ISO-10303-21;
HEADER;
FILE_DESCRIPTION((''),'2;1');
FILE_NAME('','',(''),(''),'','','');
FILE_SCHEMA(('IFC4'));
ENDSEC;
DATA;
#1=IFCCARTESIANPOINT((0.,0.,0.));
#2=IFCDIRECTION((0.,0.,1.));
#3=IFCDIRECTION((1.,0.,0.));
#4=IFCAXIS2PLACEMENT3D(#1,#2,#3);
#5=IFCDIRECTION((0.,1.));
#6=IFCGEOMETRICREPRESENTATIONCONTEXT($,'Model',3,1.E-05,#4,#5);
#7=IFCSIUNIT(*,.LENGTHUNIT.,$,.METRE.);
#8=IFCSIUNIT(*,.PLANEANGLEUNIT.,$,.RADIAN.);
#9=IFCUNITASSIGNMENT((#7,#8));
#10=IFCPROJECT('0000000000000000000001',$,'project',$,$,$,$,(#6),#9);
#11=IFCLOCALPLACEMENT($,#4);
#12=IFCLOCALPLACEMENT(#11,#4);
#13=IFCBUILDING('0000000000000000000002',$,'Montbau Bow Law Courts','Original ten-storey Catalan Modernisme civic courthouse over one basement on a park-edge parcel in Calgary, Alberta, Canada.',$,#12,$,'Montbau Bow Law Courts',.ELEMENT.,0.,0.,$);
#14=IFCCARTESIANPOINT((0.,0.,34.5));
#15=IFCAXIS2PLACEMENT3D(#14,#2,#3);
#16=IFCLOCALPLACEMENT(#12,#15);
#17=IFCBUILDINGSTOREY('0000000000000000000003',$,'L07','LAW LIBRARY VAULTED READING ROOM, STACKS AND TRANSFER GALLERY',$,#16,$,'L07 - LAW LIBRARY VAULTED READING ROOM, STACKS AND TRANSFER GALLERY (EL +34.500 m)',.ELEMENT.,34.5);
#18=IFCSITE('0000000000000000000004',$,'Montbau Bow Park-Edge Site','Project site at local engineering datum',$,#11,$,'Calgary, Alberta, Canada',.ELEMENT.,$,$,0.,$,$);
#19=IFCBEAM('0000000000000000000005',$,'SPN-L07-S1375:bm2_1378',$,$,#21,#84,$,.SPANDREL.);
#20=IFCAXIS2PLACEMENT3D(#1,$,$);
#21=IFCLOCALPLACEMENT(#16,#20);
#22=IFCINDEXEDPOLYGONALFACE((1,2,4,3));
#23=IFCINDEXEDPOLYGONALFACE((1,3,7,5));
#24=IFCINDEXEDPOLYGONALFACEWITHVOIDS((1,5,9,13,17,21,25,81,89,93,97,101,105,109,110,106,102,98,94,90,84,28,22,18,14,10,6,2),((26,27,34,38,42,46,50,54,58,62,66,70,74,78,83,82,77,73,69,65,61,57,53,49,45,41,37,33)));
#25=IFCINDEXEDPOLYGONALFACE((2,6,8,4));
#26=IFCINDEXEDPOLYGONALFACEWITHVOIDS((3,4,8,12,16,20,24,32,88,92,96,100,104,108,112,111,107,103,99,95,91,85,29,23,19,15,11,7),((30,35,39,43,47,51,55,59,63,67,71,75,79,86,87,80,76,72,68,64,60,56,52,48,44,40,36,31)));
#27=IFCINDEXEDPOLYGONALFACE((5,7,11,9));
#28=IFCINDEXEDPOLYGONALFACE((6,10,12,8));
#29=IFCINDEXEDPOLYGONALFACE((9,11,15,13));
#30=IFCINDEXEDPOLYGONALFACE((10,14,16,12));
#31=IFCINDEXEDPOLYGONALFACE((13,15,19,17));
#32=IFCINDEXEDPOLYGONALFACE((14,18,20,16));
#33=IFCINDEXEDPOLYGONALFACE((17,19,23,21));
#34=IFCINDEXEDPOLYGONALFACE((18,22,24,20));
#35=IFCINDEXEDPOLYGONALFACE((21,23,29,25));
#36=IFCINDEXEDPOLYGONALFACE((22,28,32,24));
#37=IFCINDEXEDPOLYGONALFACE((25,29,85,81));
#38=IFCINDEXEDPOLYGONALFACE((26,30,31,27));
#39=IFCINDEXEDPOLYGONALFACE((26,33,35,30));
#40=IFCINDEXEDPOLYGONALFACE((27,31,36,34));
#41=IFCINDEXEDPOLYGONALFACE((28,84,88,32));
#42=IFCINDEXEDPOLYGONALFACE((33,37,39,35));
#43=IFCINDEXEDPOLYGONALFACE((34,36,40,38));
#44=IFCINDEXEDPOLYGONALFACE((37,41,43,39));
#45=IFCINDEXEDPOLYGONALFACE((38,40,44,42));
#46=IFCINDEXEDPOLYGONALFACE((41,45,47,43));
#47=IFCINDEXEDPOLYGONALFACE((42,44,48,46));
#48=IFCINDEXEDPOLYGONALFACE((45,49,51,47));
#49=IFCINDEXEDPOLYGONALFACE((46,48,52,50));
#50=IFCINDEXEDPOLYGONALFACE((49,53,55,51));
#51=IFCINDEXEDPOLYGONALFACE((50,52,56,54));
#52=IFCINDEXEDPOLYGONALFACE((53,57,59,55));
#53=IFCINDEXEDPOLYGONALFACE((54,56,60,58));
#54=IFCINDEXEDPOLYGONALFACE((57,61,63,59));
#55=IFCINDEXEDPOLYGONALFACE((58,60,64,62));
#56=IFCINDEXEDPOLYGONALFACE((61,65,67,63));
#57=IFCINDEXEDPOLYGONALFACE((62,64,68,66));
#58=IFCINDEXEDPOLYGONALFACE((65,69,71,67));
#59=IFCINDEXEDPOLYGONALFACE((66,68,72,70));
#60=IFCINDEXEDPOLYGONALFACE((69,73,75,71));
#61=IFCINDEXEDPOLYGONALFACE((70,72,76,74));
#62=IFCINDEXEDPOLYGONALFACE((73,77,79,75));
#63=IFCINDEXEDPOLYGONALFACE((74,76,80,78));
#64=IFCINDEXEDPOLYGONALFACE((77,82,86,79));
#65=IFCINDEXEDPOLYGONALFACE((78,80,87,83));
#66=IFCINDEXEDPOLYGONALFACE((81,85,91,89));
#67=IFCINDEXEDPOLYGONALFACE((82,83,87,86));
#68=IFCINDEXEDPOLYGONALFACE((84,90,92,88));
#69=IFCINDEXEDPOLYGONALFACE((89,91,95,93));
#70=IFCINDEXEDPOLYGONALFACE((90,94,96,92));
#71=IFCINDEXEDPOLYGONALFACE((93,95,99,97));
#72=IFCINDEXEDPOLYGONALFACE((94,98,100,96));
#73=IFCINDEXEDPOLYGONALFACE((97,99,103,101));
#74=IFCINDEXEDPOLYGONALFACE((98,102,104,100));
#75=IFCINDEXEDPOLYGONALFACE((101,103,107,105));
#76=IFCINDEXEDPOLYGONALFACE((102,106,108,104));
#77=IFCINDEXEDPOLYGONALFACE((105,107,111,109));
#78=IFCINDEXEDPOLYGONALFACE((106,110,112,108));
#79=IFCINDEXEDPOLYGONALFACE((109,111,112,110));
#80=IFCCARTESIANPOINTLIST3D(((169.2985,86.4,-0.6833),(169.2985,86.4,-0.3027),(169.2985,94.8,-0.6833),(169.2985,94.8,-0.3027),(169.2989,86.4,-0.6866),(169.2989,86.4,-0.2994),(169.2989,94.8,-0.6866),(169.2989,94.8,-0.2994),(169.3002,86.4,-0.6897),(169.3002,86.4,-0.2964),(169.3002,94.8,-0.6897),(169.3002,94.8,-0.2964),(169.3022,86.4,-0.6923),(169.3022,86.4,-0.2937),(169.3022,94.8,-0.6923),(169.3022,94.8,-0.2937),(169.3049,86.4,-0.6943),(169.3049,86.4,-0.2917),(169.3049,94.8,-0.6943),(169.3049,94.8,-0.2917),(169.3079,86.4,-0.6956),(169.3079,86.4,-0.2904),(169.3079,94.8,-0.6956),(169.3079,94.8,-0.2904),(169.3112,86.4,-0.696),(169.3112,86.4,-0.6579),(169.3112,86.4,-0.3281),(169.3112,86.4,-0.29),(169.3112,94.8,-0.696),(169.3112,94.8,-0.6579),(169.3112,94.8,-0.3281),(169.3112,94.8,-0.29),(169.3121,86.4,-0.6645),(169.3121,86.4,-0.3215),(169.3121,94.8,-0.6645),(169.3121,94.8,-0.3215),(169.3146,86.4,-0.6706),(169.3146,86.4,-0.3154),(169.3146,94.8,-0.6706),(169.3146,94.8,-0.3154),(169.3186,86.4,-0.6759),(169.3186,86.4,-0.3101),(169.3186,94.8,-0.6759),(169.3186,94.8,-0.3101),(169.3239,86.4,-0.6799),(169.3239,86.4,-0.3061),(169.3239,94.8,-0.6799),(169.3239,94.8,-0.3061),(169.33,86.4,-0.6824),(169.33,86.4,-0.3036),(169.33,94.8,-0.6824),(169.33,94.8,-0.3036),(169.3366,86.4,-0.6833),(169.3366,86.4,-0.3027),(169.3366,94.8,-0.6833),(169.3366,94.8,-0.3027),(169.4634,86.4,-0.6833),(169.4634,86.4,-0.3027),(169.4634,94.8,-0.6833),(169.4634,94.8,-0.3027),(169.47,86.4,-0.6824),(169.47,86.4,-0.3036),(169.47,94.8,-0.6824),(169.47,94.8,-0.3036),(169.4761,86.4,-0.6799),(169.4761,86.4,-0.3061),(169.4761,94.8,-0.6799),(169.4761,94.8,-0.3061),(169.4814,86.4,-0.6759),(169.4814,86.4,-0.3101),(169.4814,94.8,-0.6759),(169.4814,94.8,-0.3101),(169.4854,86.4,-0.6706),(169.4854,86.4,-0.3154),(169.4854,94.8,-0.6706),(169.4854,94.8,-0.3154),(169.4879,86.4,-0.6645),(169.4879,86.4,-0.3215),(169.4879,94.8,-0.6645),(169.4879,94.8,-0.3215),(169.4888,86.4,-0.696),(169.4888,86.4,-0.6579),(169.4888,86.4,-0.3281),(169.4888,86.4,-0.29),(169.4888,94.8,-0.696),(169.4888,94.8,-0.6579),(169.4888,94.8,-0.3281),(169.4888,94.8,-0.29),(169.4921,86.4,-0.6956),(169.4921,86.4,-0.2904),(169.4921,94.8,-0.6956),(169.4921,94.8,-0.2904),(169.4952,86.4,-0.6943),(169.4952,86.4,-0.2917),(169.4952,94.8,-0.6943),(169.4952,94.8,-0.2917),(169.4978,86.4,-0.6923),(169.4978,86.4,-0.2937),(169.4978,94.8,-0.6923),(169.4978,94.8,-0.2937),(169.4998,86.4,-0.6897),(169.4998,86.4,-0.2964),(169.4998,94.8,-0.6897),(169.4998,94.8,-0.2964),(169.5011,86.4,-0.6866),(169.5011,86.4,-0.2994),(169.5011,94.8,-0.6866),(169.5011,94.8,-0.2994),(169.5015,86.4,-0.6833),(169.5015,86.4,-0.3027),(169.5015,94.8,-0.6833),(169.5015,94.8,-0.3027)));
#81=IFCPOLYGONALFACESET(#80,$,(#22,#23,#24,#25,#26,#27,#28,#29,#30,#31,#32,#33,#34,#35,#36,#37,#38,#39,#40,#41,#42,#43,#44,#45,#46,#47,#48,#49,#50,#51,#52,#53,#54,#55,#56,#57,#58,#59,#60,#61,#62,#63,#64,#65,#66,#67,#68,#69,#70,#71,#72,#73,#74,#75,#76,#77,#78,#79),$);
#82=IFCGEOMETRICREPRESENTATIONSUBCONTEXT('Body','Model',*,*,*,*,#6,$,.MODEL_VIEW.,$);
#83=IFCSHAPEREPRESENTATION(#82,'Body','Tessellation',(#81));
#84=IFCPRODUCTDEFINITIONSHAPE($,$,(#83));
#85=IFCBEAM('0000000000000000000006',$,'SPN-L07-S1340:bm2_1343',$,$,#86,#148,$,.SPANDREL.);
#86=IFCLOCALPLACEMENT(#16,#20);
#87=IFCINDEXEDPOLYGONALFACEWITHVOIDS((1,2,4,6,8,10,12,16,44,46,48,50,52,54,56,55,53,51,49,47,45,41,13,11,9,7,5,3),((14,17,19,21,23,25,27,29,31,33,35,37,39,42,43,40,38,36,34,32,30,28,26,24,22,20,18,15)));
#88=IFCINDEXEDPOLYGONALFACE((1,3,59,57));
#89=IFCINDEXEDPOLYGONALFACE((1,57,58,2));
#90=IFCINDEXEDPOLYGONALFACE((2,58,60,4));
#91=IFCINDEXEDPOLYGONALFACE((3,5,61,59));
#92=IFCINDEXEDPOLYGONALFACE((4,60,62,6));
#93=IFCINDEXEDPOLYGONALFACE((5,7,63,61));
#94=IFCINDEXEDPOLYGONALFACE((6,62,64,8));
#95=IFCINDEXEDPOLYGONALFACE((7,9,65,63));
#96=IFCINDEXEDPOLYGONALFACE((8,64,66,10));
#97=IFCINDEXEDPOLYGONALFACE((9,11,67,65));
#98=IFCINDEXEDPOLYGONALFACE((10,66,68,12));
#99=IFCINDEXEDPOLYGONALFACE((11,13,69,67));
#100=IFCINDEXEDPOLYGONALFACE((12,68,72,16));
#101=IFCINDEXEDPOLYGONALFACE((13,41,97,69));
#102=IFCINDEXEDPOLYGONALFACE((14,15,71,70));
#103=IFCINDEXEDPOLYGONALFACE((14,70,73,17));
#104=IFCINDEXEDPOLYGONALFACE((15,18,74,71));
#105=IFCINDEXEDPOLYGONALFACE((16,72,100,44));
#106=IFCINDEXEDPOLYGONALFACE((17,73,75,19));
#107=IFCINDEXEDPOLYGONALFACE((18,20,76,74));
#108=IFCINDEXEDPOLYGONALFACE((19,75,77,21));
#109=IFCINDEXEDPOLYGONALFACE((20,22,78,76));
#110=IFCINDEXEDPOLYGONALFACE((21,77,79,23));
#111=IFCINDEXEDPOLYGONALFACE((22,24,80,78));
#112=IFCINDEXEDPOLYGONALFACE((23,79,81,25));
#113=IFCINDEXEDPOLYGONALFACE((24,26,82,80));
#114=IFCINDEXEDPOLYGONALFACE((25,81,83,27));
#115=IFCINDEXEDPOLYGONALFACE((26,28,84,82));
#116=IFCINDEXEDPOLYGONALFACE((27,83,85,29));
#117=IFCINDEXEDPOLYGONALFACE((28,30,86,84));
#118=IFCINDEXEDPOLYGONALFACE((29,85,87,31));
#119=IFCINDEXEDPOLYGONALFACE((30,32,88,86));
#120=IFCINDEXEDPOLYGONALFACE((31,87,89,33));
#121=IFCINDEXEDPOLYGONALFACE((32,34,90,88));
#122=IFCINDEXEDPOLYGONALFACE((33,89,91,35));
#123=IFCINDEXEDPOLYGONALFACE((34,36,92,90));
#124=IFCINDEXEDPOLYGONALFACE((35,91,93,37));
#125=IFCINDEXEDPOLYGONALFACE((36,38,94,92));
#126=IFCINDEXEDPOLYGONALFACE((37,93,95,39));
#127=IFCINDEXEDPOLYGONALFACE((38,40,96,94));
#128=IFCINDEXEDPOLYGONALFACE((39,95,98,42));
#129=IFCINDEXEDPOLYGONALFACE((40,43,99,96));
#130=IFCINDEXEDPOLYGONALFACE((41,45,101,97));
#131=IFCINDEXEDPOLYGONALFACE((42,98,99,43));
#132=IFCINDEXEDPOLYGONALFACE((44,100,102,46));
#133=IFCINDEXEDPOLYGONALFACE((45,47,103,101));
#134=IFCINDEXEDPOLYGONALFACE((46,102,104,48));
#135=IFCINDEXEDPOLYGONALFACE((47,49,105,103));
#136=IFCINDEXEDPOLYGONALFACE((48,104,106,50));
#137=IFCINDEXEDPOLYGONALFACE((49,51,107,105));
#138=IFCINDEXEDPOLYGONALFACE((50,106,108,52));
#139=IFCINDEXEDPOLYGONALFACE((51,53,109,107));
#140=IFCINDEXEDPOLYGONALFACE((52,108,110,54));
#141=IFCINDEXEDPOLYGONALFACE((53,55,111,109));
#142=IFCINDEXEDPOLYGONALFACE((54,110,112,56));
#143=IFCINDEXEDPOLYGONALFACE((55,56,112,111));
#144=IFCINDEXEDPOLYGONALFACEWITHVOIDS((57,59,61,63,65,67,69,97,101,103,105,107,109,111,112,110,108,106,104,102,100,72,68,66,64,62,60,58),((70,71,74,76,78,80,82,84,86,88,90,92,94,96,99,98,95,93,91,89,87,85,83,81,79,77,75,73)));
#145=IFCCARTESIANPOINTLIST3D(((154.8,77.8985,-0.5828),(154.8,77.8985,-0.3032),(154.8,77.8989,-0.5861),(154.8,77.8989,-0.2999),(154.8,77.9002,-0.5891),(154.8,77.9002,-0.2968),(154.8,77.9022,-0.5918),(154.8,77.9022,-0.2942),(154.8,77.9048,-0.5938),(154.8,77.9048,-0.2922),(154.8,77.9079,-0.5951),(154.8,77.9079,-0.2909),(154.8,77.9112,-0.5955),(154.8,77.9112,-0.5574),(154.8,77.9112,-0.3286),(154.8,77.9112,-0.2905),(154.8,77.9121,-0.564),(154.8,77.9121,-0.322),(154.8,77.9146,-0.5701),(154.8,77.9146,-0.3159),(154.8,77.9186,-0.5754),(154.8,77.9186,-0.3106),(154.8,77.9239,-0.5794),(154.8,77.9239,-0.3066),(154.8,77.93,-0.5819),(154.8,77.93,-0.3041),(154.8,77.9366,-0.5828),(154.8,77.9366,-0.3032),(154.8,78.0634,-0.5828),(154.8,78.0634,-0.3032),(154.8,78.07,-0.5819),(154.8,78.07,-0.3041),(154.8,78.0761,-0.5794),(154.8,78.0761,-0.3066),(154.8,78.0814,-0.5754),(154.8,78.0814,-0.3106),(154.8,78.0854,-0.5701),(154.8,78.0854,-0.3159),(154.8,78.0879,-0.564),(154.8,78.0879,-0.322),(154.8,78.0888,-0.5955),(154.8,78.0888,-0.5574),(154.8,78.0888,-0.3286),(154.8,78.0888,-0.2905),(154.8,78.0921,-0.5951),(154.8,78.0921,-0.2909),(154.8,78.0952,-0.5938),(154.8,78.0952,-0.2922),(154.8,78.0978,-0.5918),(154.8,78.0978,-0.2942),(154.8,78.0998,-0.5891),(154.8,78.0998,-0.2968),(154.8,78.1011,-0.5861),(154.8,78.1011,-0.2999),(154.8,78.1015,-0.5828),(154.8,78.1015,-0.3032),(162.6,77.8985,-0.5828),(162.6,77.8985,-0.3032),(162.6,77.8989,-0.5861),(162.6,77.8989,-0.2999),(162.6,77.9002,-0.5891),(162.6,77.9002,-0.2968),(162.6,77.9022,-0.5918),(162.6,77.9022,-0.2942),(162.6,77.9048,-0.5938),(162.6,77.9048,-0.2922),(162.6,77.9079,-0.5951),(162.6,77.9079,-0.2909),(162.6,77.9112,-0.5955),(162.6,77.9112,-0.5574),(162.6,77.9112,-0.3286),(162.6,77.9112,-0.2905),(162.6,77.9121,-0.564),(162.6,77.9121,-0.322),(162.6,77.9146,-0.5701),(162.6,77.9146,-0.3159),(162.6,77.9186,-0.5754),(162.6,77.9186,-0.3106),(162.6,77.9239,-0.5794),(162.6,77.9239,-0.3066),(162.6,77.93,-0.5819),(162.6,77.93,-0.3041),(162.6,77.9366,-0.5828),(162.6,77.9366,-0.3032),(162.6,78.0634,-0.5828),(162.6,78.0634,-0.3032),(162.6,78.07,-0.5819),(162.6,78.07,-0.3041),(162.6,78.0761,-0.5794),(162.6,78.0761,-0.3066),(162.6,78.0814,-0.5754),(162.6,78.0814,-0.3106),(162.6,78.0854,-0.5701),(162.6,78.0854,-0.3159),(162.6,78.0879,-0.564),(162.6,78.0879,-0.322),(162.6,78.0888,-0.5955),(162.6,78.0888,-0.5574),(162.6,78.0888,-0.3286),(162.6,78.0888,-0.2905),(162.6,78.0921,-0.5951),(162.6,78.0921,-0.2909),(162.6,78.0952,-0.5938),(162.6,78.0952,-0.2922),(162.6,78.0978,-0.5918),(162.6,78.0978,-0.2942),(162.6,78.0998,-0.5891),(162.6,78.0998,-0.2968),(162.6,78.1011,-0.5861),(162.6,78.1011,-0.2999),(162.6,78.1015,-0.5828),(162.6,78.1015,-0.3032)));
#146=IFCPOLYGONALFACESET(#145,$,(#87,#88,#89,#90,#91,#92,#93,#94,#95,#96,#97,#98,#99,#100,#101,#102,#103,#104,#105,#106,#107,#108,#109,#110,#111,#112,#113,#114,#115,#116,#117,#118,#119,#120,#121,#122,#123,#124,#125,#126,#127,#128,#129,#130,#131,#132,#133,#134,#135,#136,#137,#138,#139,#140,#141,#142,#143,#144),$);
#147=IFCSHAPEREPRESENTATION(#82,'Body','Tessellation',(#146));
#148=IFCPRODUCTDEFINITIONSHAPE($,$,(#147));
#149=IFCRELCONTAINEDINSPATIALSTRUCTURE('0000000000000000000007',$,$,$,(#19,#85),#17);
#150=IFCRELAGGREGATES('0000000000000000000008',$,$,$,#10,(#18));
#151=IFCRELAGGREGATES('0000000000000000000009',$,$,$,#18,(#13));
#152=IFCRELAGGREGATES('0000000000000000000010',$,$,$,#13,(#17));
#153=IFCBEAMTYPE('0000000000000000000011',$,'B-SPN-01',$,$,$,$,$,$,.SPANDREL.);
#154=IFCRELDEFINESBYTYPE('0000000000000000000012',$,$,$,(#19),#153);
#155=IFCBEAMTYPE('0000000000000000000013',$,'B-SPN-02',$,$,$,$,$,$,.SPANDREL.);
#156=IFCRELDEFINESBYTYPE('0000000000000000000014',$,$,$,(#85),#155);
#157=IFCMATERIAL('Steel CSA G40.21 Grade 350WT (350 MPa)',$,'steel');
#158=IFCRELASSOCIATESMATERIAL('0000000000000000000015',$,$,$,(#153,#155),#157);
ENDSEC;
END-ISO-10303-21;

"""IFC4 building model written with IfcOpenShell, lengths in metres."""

from ifc_helpers import new_model, si_unit, direction, frame, origin_with_axes, origin_2d_with_axis, place, context, subcontext, project, spatial, hollow_rectangle, extrude, material, material_profile, profile_set, type_object, element, save


model = new_model("IFC4")

# Units and contexts
model_context = context("Model", 3, precision=1e-05, world=origin_with_axes(), true_north=direction((0.0, 1.0)))
body_context = subcontext(model_context, "Body", "Model", "MODEL_VIEW")
ifc_project = project(units=[si_unit("LENGTHUNIT", "METRE"), si_unit("PLANEANGLEUNIT", "RADIAN")], contexts=[model_context])

# Site, building, storey
site_placement = place(None, origin_with_axes())
site = spatial("IfcSite", under=ifc_project, at=site_placement, Name="Montbau Bow Park-Edge Site", Description="Project site at local engineering datum", LongName="Calgary, Alberta, Canada", CompositionType="ELEMENT", RefElevation=0.0)
building_placement = place(site_placement, origin_with_axes())
building = spatial("IfcBuilding", under=site, at=building_placement, Name="Montbau Bow Law Courts", Description="Original ten-storey Catalan Modernisme civic courthouse over one basement on a park-edge parcel in Calgary, Alberta, Canada.", LongName="Montbau Bow Law Courts", CompositionType="ELEMENT", ElevationOfRefHeight=0.0, ElevationOfTerrain=0.0)
storey_placement = place(building_placement, frame((0.0, 0.0, 34.5), z_axis=(0.0, 0.0, 1.0), x_axis=(1.0, 0.0, 0.0)))
storey = spatial("IfcBuildingStorey", under=building, at=storey_placement, Name="L07", Description="LAW LIBRARY VAULTED READING ROOM, STACKS AND TRANSFER GALLERY", LongName="L07 - LAW LIBRARY VAULTED READING ROOM, STACKS AND TRANSFER GALLERY (EL +34.500 m)", CompositionType="ELEMENT", Elevation=34.5)

# Shared definitions
ifc_material_1 = material(Name="Steel CSA G40.21 Grade 350WT (350 MPa)", Category="steel")

# Beams
ifc_material_profile_1 = material_profile(ifc_material_1, hollow_rectangle(XDim=0.203, YDim=0.406, WallThickness=0.0127, InnerFilletRadius=0.0254, OuterFilletRadius=0.0127, at=origin_2d_with_axis()), Name="HSS406X203X13", Category="Main", Priority=0)
ifc_profile_set_1 = profile_set([ifc_material_profile_1], Name="Steel CSA G40.21 Grade 350WT (350 MPa)")
beam_type_1 = type_object("IfcBeamType", Name="B-SPN-01", PredefinedType="SPANDREL", material=ifc_profile_set_1)
for number, where, z_axis, x_axis, name in (
    (1, (169.4, 86.4, 34.007), (0.0, 1.0, 0.0), (-1.0, 0.0, 0.0), "SPN-L07-S1375:bm2_1378"),
):
    element("IfcBeam", number, at=place(None, frame(where, z_axis=z_axis, x_axis=x_axis)), inside=storey, type_object=beam_type_1, Name=name, PredefinedType="SPANDREL", context=body_context, shape_type="SweptSolid", body=[
        extrude(hollow_rectangle(XDim=0.203, YDim=0.406, WallThickness=0.0127, InnerFilletRadius=0.0254, OuterFilletRadius=0.0127, at=origin_2d_with_axis()), origin_with_axes(), (0.0, 0.0, 1.0), 8.4),
    ])
ifc_material_profile_2 = material_profile(ifc_material_1, hollow_rectangle(XDim=0.203, YDim=0.305, WallThickness=0.0127, InnerFilletRadius=0.0254, OuterFilletRadius=0.0127, at=origin_2d_with_axis()), Name="HSS305X203X13", Category="Main", Priority=0)
ifc_profile_set_2 = profile_set([ifc_material_profile_2], Name="Steel CSA G40.21 Grade 350WT (350 MPa)")
beam_type_2 = type_object("IfcBeamType", Name="B-SPN-02", PredefinedType="SPANDREL", material=ifc_profile_set_2)
beam_1_placement = place(None, frame((154.8, 78.0, 34.057), z_axis=(1.0, 0.0, 0.0), x_axis=(0.0, 1.0, 0.0)))
element("IfcBeam", 2, at=beam_1_placement, inside=storey, type_object=beam_type_2, Name="SPN-L07-S1340:bm2_1343", PredefinedType="SPANDREL", context=body_context, shape_type="SweptSolid", body=[
    extrude(hollow_rectangle(XDim=0.203, YDim=0.305, WallThickness=0.0127, InnerFilletRadius=0.0254, OuterFilletRadius=0.0127, at=origin_2d_with_axis()), origin_with_axes(), (0.0, 0.0, 1.0), 7.8),
])

save(model, "model.ifc")
